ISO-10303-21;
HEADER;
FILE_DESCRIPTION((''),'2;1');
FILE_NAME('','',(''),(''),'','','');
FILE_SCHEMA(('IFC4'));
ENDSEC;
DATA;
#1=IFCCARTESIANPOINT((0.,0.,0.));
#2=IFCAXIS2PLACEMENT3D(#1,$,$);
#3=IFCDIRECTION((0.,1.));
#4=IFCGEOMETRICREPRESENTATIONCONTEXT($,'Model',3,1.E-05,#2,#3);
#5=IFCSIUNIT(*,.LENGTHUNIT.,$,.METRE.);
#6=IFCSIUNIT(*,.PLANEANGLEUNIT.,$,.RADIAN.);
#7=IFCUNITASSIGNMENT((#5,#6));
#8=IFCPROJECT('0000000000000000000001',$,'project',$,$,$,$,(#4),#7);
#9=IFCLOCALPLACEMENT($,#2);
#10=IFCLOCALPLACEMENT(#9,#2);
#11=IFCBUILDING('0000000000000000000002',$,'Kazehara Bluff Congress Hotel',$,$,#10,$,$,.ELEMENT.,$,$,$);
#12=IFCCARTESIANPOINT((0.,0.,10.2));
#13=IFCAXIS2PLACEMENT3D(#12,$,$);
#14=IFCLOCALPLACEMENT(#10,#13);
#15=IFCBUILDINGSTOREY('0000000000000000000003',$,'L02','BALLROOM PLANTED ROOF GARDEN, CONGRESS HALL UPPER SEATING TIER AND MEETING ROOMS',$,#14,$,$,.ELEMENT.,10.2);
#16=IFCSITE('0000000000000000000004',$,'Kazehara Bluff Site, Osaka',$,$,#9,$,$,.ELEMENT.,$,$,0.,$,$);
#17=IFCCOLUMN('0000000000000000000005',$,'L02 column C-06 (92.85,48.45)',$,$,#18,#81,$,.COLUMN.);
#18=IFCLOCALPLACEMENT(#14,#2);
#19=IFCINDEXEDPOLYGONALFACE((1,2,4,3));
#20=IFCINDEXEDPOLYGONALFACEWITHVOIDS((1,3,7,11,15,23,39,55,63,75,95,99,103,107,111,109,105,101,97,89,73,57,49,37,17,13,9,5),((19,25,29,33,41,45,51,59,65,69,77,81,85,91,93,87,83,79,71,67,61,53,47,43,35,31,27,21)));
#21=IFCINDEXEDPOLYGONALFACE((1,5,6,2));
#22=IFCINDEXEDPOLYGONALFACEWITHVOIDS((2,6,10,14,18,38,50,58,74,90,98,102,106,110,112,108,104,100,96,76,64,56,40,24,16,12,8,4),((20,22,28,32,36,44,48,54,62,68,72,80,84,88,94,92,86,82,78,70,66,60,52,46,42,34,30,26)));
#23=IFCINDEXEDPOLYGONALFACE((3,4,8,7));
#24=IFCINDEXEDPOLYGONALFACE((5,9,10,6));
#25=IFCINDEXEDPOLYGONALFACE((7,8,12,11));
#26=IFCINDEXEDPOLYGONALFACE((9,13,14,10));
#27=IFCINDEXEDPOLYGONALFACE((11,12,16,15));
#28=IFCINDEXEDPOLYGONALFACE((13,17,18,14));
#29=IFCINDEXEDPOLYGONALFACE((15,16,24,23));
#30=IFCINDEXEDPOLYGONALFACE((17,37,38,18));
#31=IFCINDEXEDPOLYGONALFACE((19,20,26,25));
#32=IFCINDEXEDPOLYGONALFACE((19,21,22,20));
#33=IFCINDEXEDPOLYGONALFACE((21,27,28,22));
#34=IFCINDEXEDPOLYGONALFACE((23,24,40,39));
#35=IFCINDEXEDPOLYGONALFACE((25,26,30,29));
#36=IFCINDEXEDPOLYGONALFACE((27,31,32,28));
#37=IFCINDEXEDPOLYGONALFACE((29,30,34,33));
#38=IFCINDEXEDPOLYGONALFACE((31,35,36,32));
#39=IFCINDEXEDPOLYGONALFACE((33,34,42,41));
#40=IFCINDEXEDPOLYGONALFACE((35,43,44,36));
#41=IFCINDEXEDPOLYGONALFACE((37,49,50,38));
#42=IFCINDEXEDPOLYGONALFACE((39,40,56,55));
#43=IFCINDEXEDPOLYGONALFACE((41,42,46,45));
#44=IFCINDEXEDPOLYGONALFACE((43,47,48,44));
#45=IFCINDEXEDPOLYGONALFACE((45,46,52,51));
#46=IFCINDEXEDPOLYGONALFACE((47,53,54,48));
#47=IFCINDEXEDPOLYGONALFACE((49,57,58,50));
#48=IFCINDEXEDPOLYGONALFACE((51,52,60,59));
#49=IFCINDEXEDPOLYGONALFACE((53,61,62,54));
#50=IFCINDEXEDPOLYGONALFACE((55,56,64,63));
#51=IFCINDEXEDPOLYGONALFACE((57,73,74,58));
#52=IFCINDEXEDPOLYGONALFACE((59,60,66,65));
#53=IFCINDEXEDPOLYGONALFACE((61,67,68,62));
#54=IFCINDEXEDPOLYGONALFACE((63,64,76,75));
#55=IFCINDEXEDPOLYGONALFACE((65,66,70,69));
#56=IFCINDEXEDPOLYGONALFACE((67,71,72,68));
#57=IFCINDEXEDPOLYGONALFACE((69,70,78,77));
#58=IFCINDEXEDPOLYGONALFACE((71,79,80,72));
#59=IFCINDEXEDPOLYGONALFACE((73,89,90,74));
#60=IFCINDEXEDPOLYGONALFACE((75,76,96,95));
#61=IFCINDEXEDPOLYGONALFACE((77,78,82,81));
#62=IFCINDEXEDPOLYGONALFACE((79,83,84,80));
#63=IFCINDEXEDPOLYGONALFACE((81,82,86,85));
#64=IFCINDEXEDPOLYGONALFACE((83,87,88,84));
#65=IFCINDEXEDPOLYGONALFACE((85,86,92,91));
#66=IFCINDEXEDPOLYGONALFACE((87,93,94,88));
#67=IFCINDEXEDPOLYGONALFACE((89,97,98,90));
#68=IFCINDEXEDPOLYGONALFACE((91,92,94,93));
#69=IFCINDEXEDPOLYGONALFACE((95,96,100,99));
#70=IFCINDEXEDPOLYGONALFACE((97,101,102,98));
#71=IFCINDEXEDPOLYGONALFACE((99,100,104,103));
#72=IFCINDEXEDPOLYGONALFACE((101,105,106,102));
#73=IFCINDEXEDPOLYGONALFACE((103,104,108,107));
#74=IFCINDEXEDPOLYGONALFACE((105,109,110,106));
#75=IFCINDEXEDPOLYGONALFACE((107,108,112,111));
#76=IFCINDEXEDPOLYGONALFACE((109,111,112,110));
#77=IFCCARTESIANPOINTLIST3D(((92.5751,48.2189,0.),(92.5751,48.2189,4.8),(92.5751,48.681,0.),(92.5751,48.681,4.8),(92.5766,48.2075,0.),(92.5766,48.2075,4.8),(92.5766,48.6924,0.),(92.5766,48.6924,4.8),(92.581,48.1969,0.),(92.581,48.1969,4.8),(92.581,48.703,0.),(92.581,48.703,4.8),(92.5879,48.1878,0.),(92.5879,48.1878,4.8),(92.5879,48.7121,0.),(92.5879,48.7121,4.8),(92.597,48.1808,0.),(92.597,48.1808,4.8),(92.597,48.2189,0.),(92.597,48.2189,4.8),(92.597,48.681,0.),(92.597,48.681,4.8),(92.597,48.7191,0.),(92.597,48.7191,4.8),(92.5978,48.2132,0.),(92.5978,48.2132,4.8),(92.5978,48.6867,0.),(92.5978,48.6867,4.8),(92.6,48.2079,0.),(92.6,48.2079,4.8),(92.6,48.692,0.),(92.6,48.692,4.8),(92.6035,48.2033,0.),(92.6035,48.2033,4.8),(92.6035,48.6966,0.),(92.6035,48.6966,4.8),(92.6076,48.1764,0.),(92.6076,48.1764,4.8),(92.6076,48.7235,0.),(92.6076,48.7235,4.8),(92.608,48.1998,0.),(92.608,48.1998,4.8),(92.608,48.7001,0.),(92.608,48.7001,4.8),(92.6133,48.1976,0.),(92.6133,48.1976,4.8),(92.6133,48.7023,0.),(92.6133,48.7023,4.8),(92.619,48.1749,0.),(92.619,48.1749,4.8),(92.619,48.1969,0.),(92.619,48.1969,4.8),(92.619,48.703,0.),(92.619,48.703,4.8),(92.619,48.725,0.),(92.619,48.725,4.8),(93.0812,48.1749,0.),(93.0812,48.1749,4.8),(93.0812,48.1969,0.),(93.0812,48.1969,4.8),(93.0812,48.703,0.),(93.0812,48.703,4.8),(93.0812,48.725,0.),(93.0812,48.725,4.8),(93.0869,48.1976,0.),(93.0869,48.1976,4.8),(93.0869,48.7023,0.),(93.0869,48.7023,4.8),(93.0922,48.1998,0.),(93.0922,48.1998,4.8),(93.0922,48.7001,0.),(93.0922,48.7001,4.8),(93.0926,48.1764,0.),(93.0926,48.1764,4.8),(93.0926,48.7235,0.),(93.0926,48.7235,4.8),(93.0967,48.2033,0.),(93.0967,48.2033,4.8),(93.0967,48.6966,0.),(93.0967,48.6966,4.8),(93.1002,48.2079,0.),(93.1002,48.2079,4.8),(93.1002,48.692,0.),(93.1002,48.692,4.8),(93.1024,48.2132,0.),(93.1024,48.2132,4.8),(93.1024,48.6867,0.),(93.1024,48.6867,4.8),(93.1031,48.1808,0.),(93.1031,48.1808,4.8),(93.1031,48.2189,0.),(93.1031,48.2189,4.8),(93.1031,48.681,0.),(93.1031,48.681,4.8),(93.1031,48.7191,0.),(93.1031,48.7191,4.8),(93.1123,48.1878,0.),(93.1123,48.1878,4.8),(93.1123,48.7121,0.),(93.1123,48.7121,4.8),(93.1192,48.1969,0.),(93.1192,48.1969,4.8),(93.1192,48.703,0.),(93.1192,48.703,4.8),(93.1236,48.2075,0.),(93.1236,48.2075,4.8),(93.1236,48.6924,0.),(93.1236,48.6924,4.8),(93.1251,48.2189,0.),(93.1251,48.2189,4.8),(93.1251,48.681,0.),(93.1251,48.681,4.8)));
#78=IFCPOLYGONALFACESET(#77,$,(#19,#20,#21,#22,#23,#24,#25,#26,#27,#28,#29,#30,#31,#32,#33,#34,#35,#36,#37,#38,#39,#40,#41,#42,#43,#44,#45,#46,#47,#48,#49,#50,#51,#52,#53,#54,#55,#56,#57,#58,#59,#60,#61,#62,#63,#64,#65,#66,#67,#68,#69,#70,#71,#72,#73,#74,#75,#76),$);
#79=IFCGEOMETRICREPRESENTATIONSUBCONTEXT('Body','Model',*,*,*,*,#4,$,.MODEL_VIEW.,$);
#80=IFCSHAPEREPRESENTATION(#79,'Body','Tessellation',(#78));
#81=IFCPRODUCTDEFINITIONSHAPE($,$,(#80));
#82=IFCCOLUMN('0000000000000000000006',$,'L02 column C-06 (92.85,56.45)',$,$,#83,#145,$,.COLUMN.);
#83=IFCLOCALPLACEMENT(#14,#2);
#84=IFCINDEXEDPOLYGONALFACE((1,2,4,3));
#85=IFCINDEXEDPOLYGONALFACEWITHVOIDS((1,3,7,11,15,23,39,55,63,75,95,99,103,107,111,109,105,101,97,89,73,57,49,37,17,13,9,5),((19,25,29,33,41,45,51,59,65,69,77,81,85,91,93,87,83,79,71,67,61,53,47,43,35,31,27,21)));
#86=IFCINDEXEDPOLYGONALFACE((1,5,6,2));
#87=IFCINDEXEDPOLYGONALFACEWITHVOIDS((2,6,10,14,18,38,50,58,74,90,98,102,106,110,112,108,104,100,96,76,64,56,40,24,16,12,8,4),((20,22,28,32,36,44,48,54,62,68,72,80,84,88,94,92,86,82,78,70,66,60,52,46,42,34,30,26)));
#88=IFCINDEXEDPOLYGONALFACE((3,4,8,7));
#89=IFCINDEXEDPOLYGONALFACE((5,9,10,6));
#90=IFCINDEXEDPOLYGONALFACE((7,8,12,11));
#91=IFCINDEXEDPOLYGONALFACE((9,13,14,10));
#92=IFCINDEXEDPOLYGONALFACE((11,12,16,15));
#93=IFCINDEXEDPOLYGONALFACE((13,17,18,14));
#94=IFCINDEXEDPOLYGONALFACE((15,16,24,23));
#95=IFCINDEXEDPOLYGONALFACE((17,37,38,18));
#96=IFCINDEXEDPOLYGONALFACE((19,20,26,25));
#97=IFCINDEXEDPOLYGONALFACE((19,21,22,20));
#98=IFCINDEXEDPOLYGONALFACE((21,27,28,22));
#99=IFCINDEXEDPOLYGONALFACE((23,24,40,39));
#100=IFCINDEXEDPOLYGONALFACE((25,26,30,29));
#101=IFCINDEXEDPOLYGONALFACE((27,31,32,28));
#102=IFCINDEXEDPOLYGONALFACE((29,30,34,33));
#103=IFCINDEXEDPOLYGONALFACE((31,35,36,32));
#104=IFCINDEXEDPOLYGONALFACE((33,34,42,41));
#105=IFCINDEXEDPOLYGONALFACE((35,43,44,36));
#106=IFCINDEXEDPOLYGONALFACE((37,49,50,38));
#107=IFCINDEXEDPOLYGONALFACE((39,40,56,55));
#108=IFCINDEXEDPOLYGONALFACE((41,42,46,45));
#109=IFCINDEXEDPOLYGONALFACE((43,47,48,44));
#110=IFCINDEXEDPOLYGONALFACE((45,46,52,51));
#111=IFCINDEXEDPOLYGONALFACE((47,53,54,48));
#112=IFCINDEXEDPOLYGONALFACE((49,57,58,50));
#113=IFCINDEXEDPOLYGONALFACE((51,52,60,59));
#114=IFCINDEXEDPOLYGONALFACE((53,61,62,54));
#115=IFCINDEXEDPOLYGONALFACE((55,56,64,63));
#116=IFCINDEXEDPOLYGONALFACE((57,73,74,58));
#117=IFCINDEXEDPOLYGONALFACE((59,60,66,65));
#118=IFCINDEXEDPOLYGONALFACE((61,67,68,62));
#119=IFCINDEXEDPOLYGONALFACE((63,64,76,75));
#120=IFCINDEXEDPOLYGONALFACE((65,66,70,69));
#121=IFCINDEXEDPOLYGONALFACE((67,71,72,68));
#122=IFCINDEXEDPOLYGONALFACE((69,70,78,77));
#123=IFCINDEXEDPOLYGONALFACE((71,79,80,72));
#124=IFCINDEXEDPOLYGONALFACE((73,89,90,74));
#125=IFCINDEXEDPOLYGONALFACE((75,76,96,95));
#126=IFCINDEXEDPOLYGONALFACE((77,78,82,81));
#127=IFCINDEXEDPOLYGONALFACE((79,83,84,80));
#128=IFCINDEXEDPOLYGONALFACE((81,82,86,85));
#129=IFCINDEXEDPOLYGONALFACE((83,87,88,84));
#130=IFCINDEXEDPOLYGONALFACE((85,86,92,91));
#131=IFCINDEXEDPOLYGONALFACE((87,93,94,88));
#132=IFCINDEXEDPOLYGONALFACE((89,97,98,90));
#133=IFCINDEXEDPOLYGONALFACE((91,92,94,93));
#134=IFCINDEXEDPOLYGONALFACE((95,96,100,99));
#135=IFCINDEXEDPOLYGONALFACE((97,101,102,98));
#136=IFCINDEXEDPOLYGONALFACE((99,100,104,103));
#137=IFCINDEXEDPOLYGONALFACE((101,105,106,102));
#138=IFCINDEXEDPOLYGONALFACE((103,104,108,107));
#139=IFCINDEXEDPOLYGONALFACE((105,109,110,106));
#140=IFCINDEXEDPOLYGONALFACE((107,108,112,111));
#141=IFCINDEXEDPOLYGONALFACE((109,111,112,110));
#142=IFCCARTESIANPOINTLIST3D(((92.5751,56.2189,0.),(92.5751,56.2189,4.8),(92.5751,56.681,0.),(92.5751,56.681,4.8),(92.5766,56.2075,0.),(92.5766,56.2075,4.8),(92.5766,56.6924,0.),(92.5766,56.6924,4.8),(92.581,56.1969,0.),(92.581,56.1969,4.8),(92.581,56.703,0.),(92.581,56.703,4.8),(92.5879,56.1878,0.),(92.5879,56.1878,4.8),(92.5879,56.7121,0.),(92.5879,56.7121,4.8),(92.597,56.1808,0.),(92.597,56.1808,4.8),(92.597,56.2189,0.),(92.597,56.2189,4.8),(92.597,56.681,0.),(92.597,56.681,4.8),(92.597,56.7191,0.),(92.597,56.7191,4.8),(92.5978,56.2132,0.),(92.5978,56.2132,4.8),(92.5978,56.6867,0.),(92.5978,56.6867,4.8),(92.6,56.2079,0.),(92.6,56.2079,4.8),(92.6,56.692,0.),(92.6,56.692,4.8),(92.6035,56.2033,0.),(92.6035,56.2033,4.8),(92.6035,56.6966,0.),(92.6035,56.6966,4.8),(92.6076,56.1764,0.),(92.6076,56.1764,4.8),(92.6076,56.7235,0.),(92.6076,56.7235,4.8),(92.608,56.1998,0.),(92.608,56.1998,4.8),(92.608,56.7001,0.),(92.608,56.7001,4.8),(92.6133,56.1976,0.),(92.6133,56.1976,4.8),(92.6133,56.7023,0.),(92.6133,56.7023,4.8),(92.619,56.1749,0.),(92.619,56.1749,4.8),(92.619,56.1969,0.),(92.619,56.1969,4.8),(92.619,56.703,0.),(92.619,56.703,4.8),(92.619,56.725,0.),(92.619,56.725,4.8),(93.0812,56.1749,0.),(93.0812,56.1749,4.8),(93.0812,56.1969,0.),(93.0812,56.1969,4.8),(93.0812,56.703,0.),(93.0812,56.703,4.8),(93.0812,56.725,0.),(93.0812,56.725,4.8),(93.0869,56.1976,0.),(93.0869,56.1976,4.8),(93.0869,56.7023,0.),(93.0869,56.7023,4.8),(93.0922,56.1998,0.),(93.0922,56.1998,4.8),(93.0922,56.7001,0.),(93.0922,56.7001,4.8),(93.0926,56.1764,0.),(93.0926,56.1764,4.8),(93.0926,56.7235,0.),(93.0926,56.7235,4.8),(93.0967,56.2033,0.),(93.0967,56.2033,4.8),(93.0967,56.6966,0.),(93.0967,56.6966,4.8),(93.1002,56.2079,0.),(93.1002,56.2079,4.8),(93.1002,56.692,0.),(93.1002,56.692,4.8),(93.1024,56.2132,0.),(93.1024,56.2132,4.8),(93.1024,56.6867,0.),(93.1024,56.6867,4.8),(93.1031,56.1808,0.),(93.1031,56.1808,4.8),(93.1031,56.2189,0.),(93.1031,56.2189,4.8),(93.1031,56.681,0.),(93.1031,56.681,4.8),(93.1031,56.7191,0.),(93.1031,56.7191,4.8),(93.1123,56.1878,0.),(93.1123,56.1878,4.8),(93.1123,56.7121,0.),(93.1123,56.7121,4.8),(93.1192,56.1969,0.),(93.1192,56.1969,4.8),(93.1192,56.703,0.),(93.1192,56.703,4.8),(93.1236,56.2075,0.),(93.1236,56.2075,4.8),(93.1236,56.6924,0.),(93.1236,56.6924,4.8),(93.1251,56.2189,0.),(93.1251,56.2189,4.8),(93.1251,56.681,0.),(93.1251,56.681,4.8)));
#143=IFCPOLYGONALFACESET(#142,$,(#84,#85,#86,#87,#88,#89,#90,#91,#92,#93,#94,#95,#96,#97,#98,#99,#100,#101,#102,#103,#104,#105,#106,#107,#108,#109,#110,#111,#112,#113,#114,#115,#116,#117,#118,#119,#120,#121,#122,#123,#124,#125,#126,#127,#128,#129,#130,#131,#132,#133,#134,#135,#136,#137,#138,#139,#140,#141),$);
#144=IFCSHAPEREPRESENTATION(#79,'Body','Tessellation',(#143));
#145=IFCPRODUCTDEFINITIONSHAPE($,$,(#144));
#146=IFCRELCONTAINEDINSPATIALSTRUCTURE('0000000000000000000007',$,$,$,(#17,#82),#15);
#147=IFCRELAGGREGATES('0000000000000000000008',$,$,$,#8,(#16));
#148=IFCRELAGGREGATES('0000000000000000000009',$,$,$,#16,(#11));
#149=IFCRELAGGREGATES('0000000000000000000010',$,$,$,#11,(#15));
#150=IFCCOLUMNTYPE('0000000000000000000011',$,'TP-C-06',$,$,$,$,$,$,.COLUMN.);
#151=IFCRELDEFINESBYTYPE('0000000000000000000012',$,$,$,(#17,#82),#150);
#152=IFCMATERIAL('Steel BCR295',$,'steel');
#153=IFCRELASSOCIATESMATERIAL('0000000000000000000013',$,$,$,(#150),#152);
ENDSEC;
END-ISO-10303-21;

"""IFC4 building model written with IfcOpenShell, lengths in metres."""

from ifc_helpers import new_model, si_unit, direction, frame, origin, origin_2d, place, context, subcontext, project, spatial, hollow_rectangle, extrude, material, material_profile, profile_set, type_object, element, save


model = new_model("IFC4")

# Units and contexts
model_context = context("Model", 3, precision=1e-05, world=origin(), true_north=direction((0.0, 1.0)))
body_context = subcontext(model_context, "Body", "Model", "MODEL_VIEW")
ifc_project = project(units=[si_unit("LENGTHUNIT", "METRE"), si_unit("PLANEANGLEUNIT", "RADIAN")], contexts=[model_context])

# Site, building, storey
site_placement = place(None, origin())
site = spatial("IfcSite", under=ifc_project, at=site_placement, Name="Kazehara Bluff Site, Osaka", CompositionType="ELEMENT", RefElevation=0.0)
building_placement = place(site_placement, origin())
building = spatial("IfcBuilding", under=site, at=building_placement, Name="Kazehara Bluff Congress Hotel", CompositionType="ELEMENT")
storey_placement = place(building_placement, frame((0.0, 0.0, 10.2)))
storey = spatial("IfcBuildingStorey", under=building, at=storey_placement, Name="L02", Description="BALLROOM PLANTED ROOF GARDEN, CONGRESS HALL UPPER SEATING TIER AND MEETING ROOMS", CompositionType="ELEMENT", Elevation=10.2)

# Columns
ifc_material_1 = material(Name="Steel BCR295", Category="steel")
ifc_material_profile_1 = material_profile(ifc_material_1, hollow_rectangle(XDim=0.55, YDim=0.55, WallThickness=0.022, InnerFilletRadius=0.022, OuterFilletRadius=0.0439, at=origin_2d()))
ifc_profile_set_1 = profile_set([ifc_material_profile_1], Name="Steel BCR295")
column_type = type_object("IfcColumnType", Name="TP-C-06", PredefinedType="COLUMN", material=ifc_profile_set_1)
for number, where, z_axis, x_axis, name in (
    (1, (92.8501, 48.45, 0.0), (0.0, 0.0, 1.0), (1.0, 0.0, 0.0), "L02 column C-06 (92.85,48.45)"),
    (2, (92.8501, 56.45, 0.0), (0.0, 0.0, 1.0), (1.0, 0.0, 0.0), "L02 column C-06 (92.85,56.45)"),
):
    element("IfcColumn", number, at=place(storey_placement, frame(where, z_axis=z_axis, x_axis=x_axis)), inside=storey, type_object=column_type, Name=name, PredefinedType="COLUMN", context=body_context, shape_type="SweptSolid", body=[
        extrude(hollow_rectangle(XDim=0.55, YDim=0.55, WallThickness=0.022, InnerFilletRadius=0.022, OuterFilletRadius=0.0439, at=origin_2d()), origin(), (0.0, 0.0, 1.0), 4.8),
    ])

save(model, "model.ifc")
